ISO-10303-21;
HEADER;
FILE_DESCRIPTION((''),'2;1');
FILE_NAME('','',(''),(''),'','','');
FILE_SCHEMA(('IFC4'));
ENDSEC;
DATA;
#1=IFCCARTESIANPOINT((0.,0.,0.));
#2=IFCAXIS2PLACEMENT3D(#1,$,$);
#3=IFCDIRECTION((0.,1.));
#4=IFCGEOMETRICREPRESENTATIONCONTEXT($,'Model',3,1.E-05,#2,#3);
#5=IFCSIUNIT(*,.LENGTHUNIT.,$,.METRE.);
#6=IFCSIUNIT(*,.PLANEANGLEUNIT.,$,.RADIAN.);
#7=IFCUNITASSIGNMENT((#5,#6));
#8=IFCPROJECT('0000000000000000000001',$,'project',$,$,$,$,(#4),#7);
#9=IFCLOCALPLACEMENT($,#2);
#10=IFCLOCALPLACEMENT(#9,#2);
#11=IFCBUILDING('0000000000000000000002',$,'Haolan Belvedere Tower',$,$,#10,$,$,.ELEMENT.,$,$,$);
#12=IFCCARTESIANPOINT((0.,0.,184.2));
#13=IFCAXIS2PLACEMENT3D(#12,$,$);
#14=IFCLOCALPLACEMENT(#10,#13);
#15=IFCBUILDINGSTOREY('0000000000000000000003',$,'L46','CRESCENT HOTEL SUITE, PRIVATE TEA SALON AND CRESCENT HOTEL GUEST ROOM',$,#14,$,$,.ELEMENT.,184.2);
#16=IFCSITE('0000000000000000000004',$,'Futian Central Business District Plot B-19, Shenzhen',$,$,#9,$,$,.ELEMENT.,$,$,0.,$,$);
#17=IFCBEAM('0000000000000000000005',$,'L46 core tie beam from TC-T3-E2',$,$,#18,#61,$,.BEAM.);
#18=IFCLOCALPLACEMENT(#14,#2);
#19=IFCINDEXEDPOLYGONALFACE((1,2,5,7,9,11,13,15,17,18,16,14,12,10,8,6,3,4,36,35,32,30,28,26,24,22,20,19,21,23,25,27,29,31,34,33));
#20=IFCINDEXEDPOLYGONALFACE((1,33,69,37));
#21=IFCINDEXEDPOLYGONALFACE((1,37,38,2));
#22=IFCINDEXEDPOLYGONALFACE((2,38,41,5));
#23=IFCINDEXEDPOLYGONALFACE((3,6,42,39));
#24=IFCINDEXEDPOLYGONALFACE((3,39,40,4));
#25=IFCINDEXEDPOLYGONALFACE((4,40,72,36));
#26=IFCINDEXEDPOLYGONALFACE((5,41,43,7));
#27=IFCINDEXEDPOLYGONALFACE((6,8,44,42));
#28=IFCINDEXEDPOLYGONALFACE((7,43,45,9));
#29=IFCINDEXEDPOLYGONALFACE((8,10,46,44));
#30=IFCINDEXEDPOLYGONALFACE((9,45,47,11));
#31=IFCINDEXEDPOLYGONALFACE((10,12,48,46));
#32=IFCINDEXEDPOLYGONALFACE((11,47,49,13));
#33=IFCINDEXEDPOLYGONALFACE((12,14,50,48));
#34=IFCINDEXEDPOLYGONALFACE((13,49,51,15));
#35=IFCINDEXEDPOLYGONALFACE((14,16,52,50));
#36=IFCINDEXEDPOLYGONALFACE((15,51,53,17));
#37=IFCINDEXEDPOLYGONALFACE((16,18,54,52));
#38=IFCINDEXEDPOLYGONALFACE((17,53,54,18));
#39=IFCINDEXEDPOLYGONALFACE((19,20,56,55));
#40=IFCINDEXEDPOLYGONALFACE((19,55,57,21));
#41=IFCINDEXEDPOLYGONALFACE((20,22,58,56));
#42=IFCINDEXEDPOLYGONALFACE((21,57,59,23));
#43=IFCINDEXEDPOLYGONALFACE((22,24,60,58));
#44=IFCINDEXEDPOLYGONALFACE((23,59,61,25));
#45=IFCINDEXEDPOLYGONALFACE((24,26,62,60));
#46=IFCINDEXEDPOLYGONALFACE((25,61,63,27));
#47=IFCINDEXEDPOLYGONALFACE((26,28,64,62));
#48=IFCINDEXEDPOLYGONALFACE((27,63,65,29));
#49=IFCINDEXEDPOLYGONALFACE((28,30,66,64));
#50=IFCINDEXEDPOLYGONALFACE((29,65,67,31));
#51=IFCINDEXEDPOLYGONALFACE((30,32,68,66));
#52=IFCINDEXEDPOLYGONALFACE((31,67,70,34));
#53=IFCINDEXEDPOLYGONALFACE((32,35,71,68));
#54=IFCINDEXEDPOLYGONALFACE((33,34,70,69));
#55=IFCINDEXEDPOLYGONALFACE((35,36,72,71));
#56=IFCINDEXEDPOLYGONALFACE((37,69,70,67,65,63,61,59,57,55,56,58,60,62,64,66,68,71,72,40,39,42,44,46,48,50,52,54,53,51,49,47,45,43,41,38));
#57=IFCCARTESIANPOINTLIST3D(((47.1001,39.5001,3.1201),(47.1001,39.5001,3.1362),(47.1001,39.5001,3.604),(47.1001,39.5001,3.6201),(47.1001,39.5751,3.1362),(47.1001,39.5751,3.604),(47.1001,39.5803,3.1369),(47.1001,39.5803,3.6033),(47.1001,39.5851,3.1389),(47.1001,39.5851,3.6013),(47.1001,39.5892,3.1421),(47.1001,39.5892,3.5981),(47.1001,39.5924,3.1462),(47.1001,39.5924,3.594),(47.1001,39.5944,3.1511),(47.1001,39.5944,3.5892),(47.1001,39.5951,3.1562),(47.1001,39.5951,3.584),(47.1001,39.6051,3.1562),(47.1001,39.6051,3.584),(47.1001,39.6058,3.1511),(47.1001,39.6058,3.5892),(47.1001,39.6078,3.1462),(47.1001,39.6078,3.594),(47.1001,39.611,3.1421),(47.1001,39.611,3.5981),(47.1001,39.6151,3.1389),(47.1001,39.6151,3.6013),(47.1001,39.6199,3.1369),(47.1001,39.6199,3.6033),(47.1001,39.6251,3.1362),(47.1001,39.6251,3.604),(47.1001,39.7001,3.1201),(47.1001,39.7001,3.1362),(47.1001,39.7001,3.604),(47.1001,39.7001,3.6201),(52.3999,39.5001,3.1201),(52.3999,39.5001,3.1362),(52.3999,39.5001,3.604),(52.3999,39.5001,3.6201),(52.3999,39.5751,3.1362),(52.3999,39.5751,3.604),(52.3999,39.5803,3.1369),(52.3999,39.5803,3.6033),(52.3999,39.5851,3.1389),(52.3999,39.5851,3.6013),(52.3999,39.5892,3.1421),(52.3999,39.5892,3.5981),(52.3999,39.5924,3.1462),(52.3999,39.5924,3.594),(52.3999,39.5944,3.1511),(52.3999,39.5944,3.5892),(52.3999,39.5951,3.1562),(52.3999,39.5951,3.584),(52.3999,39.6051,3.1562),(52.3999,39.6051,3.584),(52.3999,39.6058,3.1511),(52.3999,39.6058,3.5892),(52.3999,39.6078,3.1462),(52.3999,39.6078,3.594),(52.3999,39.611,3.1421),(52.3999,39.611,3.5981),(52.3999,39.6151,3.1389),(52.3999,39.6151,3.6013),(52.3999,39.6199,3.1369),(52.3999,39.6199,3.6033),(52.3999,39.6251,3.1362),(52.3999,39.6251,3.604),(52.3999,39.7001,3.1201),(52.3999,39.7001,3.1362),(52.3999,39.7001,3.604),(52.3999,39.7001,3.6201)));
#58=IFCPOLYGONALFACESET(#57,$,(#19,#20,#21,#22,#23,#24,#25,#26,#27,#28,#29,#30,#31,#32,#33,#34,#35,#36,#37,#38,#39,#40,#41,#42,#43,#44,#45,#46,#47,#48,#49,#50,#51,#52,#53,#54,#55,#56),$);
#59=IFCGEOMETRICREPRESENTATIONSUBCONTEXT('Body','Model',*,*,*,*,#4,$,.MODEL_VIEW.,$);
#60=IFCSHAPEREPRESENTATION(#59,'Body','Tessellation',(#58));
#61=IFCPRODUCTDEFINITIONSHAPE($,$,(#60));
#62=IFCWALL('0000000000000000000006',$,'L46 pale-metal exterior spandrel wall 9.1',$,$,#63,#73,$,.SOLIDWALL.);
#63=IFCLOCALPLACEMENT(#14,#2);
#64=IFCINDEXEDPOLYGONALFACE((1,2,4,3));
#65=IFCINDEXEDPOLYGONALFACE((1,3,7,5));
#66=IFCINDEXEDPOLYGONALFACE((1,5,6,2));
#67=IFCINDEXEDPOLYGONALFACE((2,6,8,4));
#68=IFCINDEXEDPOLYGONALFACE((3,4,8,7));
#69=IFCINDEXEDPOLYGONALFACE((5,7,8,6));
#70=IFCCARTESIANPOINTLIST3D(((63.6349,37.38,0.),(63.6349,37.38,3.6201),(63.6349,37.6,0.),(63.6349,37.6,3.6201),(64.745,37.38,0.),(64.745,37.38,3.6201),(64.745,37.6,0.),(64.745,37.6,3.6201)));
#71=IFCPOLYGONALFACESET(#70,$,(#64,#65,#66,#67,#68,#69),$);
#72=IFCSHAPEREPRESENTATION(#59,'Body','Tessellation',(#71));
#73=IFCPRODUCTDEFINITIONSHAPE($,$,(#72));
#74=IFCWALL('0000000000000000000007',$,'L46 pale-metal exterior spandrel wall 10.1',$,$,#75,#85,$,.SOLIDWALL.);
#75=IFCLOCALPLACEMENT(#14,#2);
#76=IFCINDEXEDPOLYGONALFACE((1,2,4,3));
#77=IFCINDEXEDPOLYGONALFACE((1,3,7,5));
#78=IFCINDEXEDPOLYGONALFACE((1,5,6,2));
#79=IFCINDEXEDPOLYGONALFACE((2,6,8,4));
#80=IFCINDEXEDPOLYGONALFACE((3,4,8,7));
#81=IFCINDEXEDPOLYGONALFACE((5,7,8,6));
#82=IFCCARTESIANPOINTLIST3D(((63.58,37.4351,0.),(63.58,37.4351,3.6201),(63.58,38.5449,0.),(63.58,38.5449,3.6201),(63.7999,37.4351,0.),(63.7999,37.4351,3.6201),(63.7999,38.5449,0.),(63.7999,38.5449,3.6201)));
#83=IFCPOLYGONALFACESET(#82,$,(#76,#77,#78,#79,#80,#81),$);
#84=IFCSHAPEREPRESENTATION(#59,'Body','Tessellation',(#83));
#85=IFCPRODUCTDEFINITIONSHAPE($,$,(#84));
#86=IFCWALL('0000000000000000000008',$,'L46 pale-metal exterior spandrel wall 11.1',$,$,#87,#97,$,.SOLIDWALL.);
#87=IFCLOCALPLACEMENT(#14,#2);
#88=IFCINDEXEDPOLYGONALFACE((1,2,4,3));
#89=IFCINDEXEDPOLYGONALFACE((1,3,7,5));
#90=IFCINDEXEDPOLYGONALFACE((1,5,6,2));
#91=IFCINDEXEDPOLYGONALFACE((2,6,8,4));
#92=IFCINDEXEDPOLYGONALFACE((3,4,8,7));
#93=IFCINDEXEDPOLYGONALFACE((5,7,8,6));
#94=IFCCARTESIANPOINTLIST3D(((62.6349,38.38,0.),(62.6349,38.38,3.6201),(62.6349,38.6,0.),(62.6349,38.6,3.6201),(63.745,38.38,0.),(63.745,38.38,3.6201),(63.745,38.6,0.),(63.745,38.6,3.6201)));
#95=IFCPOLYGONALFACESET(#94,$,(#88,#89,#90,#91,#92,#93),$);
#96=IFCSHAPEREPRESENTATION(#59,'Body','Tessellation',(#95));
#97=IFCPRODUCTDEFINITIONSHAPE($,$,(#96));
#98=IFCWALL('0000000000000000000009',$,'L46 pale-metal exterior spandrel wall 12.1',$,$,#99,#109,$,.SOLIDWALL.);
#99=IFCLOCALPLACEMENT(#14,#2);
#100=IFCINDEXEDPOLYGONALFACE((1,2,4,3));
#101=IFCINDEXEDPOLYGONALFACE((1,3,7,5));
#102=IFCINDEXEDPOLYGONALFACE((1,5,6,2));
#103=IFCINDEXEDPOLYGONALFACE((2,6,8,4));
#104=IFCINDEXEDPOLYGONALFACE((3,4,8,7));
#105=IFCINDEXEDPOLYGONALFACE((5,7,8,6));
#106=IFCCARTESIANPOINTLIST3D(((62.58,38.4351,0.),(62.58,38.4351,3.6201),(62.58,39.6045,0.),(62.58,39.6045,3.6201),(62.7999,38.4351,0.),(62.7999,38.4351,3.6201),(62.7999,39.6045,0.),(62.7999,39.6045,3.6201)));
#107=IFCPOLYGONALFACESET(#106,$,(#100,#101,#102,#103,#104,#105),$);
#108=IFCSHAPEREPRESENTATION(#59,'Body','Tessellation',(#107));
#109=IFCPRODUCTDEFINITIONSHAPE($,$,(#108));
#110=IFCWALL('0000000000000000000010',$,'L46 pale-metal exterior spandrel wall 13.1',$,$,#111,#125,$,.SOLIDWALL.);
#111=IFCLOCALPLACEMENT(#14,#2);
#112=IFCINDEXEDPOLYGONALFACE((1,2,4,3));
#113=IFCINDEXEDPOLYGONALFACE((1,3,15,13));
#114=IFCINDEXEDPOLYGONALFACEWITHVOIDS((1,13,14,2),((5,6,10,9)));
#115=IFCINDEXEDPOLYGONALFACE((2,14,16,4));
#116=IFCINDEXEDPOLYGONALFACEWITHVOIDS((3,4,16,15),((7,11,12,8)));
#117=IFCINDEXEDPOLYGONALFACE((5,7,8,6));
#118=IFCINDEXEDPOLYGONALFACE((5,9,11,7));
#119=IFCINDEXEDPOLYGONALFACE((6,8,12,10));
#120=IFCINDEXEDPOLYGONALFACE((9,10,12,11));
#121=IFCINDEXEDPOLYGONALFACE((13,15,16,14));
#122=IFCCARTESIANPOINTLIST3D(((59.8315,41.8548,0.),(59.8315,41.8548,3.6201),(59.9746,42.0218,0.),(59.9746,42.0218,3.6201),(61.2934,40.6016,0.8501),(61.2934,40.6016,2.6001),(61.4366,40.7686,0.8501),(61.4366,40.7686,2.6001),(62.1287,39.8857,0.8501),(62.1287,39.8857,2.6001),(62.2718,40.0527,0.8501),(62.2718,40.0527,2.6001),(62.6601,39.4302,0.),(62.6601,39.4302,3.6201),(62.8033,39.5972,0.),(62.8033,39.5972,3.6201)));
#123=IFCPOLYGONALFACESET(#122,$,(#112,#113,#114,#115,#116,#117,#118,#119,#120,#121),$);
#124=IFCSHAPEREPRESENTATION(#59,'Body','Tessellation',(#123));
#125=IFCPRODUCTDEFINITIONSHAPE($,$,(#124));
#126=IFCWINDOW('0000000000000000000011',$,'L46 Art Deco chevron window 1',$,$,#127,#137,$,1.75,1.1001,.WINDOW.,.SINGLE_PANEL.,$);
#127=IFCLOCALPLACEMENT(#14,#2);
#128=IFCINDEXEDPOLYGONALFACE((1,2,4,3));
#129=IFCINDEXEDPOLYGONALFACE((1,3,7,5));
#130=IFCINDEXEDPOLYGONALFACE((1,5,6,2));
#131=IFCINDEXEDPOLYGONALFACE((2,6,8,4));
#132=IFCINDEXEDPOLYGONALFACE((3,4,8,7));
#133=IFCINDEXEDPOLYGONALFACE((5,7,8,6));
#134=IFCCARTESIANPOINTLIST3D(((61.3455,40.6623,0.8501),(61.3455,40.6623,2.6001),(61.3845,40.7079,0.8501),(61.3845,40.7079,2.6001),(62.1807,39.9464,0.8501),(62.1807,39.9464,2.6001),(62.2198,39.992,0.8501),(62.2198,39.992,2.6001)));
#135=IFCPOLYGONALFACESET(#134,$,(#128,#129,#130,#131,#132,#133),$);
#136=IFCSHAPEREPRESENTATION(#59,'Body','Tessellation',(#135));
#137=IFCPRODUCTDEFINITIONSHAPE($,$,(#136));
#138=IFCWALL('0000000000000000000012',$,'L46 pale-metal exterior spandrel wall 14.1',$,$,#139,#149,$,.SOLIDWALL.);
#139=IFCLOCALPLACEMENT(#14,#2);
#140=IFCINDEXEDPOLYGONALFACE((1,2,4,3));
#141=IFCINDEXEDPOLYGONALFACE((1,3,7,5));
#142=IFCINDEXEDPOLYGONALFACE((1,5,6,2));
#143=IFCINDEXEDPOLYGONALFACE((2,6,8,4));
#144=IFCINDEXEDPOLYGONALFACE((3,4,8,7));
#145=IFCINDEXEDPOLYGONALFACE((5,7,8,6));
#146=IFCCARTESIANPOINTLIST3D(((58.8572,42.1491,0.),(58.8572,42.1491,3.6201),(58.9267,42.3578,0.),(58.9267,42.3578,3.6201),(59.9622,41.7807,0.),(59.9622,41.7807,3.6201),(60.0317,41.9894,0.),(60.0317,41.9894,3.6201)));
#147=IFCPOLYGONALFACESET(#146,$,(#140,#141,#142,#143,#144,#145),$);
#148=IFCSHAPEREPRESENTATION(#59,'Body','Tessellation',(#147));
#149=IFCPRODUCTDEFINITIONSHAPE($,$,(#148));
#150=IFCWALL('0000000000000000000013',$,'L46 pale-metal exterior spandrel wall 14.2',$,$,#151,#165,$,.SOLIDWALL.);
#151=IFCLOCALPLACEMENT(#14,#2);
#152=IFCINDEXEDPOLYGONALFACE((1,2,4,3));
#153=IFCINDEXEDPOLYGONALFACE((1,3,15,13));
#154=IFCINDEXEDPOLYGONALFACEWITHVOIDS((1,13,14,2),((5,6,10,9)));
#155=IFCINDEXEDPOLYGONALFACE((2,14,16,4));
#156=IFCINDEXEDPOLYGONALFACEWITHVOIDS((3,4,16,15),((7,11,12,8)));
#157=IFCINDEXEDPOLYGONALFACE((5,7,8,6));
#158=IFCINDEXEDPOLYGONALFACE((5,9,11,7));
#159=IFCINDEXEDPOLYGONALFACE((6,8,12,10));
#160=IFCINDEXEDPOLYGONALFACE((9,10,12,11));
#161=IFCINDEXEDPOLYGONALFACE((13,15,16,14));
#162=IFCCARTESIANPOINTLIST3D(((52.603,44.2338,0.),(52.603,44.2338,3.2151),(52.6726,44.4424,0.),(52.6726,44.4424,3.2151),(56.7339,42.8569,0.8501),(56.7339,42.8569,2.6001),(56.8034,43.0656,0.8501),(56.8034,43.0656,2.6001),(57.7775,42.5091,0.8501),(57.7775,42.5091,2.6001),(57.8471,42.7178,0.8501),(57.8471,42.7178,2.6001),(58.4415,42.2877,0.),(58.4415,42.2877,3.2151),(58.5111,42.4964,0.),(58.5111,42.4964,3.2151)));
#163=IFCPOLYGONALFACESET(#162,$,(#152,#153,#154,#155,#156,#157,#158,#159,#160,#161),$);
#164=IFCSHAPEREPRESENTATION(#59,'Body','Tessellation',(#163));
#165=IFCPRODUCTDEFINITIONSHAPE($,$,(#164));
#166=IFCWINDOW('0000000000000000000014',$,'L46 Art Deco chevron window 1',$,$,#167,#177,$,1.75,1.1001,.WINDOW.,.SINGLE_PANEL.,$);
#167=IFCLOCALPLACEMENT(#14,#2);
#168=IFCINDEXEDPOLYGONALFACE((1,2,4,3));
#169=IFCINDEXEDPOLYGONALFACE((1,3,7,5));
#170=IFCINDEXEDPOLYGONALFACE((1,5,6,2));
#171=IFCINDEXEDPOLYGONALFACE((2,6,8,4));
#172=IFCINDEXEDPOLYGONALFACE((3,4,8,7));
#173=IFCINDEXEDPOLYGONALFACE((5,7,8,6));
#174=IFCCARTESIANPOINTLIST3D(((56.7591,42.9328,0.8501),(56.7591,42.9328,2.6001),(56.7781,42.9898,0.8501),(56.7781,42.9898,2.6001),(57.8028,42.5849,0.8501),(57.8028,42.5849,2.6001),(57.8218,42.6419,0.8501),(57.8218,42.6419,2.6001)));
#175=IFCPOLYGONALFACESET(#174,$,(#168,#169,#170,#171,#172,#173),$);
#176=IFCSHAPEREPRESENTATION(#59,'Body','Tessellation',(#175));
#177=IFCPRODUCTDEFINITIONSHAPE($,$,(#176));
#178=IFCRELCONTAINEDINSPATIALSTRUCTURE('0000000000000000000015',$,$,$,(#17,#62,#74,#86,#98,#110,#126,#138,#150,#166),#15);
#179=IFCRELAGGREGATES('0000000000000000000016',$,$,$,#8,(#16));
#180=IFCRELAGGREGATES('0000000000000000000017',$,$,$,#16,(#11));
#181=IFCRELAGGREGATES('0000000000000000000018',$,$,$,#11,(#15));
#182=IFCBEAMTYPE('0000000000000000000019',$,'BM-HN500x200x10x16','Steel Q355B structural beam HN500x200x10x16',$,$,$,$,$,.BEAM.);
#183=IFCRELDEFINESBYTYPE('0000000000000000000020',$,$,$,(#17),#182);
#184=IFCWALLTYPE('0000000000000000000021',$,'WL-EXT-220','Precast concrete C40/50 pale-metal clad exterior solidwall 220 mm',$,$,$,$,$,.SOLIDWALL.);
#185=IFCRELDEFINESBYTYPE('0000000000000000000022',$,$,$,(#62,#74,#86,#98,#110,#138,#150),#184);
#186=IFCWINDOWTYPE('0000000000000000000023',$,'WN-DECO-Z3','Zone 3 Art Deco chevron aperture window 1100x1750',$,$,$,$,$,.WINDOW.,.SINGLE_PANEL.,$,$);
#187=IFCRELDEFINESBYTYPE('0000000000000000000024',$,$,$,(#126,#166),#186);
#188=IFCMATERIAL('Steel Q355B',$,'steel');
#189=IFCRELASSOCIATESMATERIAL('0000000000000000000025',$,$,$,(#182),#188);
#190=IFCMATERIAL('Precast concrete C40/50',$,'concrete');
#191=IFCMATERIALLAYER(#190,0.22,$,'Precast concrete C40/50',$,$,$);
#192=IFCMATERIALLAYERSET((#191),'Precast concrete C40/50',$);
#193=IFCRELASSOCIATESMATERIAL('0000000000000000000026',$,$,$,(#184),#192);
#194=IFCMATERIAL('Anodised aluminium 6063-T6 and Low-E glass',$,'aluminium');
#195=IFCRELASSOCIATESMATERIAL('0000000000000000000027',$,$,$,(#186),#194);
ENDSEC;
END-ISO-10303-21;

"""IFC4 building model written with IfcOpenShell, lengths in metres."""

from ifc_helpers import new_model, si_unit, direction, frame, frame_2d, origin, origin_2d, place, context, subcontext, project, spatial, rectangle, i_section, extrude, material, layer, layer_set, material_profile, profile_set, type_object, element, fill, save


model = new_model("IFC4")

# Units and contexts
model_context = context("Model", 3, precision=1e-05, world=origin(), true_north=direction((0.0, 1.0)))
body_context = subcontext(model_context, "Body", "Model", "MODEL_VIEW")
ifc_project = project(units=[si_unit("LENGTHUNIT", "METRE"), si_unit("PLANEANGLEUNIT", "RADIAN")], contexts=[model_context])

# Site, building, storey
site_placement = place(None, origin())
site = spatial("IfcSite", under=ifc_project, at=site_placement, Name="Futian Central Business District Plot B-19, Shenzhen", CompositionType="ELEMENT", RefElevation=0.0)
building_placement = place(site_placement, origin())
building = spatial("IfcBuilding", under=site, at=building_placement, Name="Haolan Belvedere Tower", CompositionType="ELEMENT")
storey_placement = place(building_placement, frame((0.0, 0.0, 184.2)))
storey = spatial("IfcBuildingStorey", under=building, at=storey_placement, Name="L46", Description="CRESCENT HOTEL SUITE, PRIVATE TEA SALON AND CRESCENT HOTEL GUEST ROOM", CompositionType="ELEMENT", Elevation=184.2)

# Beam
ifc_material_1 = material(Name="Steel Q355B", Category="steel")
ifc_material_profile_1 = material_profile(ifc_material_1, i_section(OverallWidth=0.2, OverallDepth=0.5, WebThickness=0.01, FlangeThickness=0.0161, FilletRadius=0.02, at=origin_2d()), Name="Steel Q355B")
ifc_profile_set_1 = profile_set([ifc_material_profile_1], Name="Steel Q355B")
beam_type_1 = type_object("IfcBeamType", Name="BM-HN500x200x10x16", Description="Steel Q355B structural beam HN500x200x10x16", PredefinedType="BEAM", material=ifc_profile_set_1)
beam_1_placement = place(storey_placement, frame((52.3999, 39.6001, 3.3701), z_axis=(-1.0, 0.0, 0.0), x_axis=(0.0, -1.0, 0.0)))
element("IfcBeam", 1, at=beam_1_placement, inside=storey, type_object=beam_type_1, Name="L46 core tie beam from TC-T3-E2", PredefinedType="BEAM", context=body_context, shape_type="SweptSolid", body=[
    extrude(i_section(OverallWidth=0.2, OverallDepth=0.5, WebThickness=0.01, FlangeThickness=0.0161, FilletRadius=0.02, at=origin_2d()), origin(), (0.0, 0.0, 1.0), 5.2998),
])

# Walls
ifc_material_2 = material(Name="Precast concrete C40/50", Category="concrete")
ifc_layer_1 = layer(ifc_material_2, 0.22, Name="Precast concrete C40/50")
ifc_layer_set_1 = layer_set([ifc_layer_1], Name="Precast concrete C40/50")
wall_type_1 = type_object("IfcWallType", Name="WL-EXT-220", Description="Precast concrete C40/50 pale-metal clad exterior solidwall 220 mm", PredefinedType="SOLIDWALL", material=ifc_layer_set_1)
wall_1_placement = place(storey_placement, frame((64.7451, 37.49, 0.0), z_axis=(0.0, 0.0, 1.0), x_axis=(-1.0, 0.0, 0.0)))
element("IfcWall", 2, at=wall_1_placement, inside=storey, type_object=wall_type_1, Name="L46 pale-metal exterior spandrel wall 9.1", PredefinedType="SOLIDWALL", context=body_context, shape_type="SweptSolid", body=[
    extrude(rectangle(XDim=1.1101, YDim=0.22, at=frame_2d((0.5552, 0.0))), origin(), (0.0, 0.0, 1.0), 3.6201),
])
wall_2_placement = place(storey_placement, frame((63.6899, 37.4351, 0.0), z_axis=(0.0, 0.0, 1.0), x_axis=(0.0, 1.0, 0.0)))
element("IfcWall", 3, at=wall_2_placement, inside=storey, type_object=wall_type_1, Name="L46 pale-metal exterior spandrel wall 10.1", PredefinedType="SOLIDWALL", context=body_context, shape_type="SweptSolid", body=[
    extrude(rectangle(XDim=1.1099, YDim=0.22, at=frame_2d((0.5549, 0.0))), origin(), (0.0, 0.0, 1.0), 3.6201),
])
wall_3_placement = place(storey_placement, frame((63.7451, 38.49, 0.0), z_axis=(0.0, 0.0, 1.0), x_axis=(-1.0, 0.0, 0.0)))
element("IfcWall", 4, at=wall_3_placement, inside=storey, type_object=wall_type_1, Name="L46 pale-metal exterior spandrel wall 11.1", PredefinedType="SOLIDWALL", context=body_context, shape_type="SweptSolid", body=[
    extrude(rectangle(XDim=1.1101, YDim=0.22, at=frame_2d((0.5552, 0.0))), origin(), (0.0, 0.0, 1.0), 3.6201),
])
wall_4_placement = place(storey_placement, frame((62.6899, 38.4351, 0.0), z_axis=(0.0, 0.0, 1.0), x_axis=(0.0, 1.0, 0.0)))
element("IfcWall", 5, at=wall_4_placement, inside=storey, type_object=wall_type_1, Name="L46 pale-metal exterior spandrel wall 12.1", PredefinedType="SOLIDWALL", context=body_context, shape_type="SweptSolid", body=[
    extrude(rectangle(XDim=1.1694, YDim=0.22, at=frame_2d((0.5847, 0.0))), origin(), (0.0, 0.0, 1.0), 3.6201),
])

# Wall, opening, window
wall_5_placement = place(storey_placement, frame((62.7317, 39.5137, 0.0), z_axis=(0.0, 0.0, 1.0), x_axis=(-0.759252, 0.650797, 0.0)))
wall_5 = element("IfcWall", 6, at=wall_5_placement, inside=storey, type_object=wall_type_1, Name="L46 pale-metal exterior spandrel wall 13.1", PredefinedType="SOLIDWALL", context=body_context, shape_type="SweptSolid", body=[
    extrude(rectangle(XDim=3.7256, YDim=0.22, at=frame_2d((1.8628, 0.0))), origin(), (0.0, 0.0, 1.0), 3.6201),
])
opening_1_placement = place(wall_5_placement, frame((0.7, 0.0, 0.8501)))
opening_1 = element("IfcOpeningElement", 7, at=opening_1_placement, cuts=wall_5, PredefinedType="OPENING", context=body_context, shape_type="SweptSolid", body=[
    extrude(rectangle(XDim=1.1001, YDim=1.75, at=frame_2d((0.55, 0.875))), frame((0.0, 0.1199, 0.0), z_axis=(0.0, -1.0, 0.0), x_axis=(1.0, 0.0, 0.0)), (0.0, 0.0, 1.0), 0.24),
])
ifc_material_3 = material(Name="Anodised aluminium 6063-T6 and Low-E glass", Category="aluminium")
window_type = type_object("IfcWindowType", Name="WN-DECO-Z3", Description="Zone 3 Art Deco chevron aperture window 1100x1750", PartitioningType="SINGLE_PANEL", PredefinedType="WINDOW", material=ifc_material_3)
window_1_placement = place(opening_1_placement, origin())
window_1 = element("IfcWindow", 8, at=window_1_placement, inside=storey, type_object=window_type, Name="L46 Art Deco chevron window 1", OverallHeight=1.75, OverallWidth=1.1001, PartitioningType="SINGLE_PANEL", PredefinedType="WINDOW", context=body_context, shape_type="SweptSolid", body=[
    extrude(rectangle(XDim=1.1001, YDim=1.75, at=frame_2d((0.55, 0.875))), frame((0.0, 0.03, 0.0), z_axis=(0.0, -1.0, 0.0), x_axis=(1.0, 0.0, 0.0)), (0.0, 0.0, 1.0), 0.0601),
])
fill(opening_1, window_1)

# Wall
wall_6_placement = place(storey_placement, frame((59.9971, 41.885, 0.0), z_axis=(0.0, 0.0, 1.0), x_axis=(-0.948662, 0.316291, 0.0)))
element("IfcWall", 9, at=wall_6_placement, inside=storey, type_object=wall_type_1, Name="L46 pale-metal exterior spandrel wall 14.1", PredefinedType="SOLIDWALL", context=body_context, shape_type="SweptSolid", body=[
    extrude(rectangle(XDim=1.1648, YDim=0.22, at=frame_2d((0.5825, 0.0))), origin(), (0.0, 0.0, 1.0), 3.6201),
])

# Wall, opening, window
wall_7_placement = place(storey_placement, frame((58.4763, 42.3921, 0.0), z_axis=(0.0, 0.0, 1.0), x_axis=(-0.948691, 0.316204, 0.0)))
wall_7 = element("IfcWall", 10, at=wall_7_placement, inside=storey, type_object=wall_type_1, Name="L46 pale-metal exterior spandrel wall 14.2", PredefinedType="SOLIDWALL", context=body_context, shape_type="SweptSolid", body=[
    extrude(rectangle(XDim=6.1543, YDim=0.22, at=frame_2d((3.0771, 0.0))), origin(), (0.0, 0.0, 1.0), 3.2151),
])
opening_2_placement = place(wall_7_placement, frame((0.7, 0.0, 0.8501)))
opening_2 = element("IfcOpeningElement", 11, at=opening_2_placement, cuts=wall_7, PredefinedType="OPENING", context=body_context, shape_type="SweptSolid", body=[
    extrude(rectangle(XDim=1.1001, YDim=1.75, at=frame_2d((0.55, 0.875))), frame((0.0, 0.1199, 0.0), z_axis=(0.0, -1.0, 0.0), x_axis=(1.0, 0.0, 0.0)), (0.0, 0.0, 1.0), 0.24),
])
window_2_placement = place(opening_2_placement, origin())
window_2 = element("IfcWindow", 12, at=window_2_placement, inside=storey, type_object=window_type, Name="L46 Art Deco chevron window 1", OverallHeight=1.75, OverallWidth=1.1001, PartitioningType="SINGLE_PANEL", PredefinedType="WINDOW", context=body_context, shape_type="SweptSolid", body=[
    extrude(rectangle(XDim=1.1001, YDim=1.75, at=frame_2d((0.55, 0.875))), frame((0.0, 0.03, 0.0), z_axis=(0.0, -1.0, 0.0), x_axis=(1.0, 0.0, 0.0)), (0.0, 0.0, 1.0), 0.0601),
])
fill(opening_2, window_2)

save(model, "model.ifc")
